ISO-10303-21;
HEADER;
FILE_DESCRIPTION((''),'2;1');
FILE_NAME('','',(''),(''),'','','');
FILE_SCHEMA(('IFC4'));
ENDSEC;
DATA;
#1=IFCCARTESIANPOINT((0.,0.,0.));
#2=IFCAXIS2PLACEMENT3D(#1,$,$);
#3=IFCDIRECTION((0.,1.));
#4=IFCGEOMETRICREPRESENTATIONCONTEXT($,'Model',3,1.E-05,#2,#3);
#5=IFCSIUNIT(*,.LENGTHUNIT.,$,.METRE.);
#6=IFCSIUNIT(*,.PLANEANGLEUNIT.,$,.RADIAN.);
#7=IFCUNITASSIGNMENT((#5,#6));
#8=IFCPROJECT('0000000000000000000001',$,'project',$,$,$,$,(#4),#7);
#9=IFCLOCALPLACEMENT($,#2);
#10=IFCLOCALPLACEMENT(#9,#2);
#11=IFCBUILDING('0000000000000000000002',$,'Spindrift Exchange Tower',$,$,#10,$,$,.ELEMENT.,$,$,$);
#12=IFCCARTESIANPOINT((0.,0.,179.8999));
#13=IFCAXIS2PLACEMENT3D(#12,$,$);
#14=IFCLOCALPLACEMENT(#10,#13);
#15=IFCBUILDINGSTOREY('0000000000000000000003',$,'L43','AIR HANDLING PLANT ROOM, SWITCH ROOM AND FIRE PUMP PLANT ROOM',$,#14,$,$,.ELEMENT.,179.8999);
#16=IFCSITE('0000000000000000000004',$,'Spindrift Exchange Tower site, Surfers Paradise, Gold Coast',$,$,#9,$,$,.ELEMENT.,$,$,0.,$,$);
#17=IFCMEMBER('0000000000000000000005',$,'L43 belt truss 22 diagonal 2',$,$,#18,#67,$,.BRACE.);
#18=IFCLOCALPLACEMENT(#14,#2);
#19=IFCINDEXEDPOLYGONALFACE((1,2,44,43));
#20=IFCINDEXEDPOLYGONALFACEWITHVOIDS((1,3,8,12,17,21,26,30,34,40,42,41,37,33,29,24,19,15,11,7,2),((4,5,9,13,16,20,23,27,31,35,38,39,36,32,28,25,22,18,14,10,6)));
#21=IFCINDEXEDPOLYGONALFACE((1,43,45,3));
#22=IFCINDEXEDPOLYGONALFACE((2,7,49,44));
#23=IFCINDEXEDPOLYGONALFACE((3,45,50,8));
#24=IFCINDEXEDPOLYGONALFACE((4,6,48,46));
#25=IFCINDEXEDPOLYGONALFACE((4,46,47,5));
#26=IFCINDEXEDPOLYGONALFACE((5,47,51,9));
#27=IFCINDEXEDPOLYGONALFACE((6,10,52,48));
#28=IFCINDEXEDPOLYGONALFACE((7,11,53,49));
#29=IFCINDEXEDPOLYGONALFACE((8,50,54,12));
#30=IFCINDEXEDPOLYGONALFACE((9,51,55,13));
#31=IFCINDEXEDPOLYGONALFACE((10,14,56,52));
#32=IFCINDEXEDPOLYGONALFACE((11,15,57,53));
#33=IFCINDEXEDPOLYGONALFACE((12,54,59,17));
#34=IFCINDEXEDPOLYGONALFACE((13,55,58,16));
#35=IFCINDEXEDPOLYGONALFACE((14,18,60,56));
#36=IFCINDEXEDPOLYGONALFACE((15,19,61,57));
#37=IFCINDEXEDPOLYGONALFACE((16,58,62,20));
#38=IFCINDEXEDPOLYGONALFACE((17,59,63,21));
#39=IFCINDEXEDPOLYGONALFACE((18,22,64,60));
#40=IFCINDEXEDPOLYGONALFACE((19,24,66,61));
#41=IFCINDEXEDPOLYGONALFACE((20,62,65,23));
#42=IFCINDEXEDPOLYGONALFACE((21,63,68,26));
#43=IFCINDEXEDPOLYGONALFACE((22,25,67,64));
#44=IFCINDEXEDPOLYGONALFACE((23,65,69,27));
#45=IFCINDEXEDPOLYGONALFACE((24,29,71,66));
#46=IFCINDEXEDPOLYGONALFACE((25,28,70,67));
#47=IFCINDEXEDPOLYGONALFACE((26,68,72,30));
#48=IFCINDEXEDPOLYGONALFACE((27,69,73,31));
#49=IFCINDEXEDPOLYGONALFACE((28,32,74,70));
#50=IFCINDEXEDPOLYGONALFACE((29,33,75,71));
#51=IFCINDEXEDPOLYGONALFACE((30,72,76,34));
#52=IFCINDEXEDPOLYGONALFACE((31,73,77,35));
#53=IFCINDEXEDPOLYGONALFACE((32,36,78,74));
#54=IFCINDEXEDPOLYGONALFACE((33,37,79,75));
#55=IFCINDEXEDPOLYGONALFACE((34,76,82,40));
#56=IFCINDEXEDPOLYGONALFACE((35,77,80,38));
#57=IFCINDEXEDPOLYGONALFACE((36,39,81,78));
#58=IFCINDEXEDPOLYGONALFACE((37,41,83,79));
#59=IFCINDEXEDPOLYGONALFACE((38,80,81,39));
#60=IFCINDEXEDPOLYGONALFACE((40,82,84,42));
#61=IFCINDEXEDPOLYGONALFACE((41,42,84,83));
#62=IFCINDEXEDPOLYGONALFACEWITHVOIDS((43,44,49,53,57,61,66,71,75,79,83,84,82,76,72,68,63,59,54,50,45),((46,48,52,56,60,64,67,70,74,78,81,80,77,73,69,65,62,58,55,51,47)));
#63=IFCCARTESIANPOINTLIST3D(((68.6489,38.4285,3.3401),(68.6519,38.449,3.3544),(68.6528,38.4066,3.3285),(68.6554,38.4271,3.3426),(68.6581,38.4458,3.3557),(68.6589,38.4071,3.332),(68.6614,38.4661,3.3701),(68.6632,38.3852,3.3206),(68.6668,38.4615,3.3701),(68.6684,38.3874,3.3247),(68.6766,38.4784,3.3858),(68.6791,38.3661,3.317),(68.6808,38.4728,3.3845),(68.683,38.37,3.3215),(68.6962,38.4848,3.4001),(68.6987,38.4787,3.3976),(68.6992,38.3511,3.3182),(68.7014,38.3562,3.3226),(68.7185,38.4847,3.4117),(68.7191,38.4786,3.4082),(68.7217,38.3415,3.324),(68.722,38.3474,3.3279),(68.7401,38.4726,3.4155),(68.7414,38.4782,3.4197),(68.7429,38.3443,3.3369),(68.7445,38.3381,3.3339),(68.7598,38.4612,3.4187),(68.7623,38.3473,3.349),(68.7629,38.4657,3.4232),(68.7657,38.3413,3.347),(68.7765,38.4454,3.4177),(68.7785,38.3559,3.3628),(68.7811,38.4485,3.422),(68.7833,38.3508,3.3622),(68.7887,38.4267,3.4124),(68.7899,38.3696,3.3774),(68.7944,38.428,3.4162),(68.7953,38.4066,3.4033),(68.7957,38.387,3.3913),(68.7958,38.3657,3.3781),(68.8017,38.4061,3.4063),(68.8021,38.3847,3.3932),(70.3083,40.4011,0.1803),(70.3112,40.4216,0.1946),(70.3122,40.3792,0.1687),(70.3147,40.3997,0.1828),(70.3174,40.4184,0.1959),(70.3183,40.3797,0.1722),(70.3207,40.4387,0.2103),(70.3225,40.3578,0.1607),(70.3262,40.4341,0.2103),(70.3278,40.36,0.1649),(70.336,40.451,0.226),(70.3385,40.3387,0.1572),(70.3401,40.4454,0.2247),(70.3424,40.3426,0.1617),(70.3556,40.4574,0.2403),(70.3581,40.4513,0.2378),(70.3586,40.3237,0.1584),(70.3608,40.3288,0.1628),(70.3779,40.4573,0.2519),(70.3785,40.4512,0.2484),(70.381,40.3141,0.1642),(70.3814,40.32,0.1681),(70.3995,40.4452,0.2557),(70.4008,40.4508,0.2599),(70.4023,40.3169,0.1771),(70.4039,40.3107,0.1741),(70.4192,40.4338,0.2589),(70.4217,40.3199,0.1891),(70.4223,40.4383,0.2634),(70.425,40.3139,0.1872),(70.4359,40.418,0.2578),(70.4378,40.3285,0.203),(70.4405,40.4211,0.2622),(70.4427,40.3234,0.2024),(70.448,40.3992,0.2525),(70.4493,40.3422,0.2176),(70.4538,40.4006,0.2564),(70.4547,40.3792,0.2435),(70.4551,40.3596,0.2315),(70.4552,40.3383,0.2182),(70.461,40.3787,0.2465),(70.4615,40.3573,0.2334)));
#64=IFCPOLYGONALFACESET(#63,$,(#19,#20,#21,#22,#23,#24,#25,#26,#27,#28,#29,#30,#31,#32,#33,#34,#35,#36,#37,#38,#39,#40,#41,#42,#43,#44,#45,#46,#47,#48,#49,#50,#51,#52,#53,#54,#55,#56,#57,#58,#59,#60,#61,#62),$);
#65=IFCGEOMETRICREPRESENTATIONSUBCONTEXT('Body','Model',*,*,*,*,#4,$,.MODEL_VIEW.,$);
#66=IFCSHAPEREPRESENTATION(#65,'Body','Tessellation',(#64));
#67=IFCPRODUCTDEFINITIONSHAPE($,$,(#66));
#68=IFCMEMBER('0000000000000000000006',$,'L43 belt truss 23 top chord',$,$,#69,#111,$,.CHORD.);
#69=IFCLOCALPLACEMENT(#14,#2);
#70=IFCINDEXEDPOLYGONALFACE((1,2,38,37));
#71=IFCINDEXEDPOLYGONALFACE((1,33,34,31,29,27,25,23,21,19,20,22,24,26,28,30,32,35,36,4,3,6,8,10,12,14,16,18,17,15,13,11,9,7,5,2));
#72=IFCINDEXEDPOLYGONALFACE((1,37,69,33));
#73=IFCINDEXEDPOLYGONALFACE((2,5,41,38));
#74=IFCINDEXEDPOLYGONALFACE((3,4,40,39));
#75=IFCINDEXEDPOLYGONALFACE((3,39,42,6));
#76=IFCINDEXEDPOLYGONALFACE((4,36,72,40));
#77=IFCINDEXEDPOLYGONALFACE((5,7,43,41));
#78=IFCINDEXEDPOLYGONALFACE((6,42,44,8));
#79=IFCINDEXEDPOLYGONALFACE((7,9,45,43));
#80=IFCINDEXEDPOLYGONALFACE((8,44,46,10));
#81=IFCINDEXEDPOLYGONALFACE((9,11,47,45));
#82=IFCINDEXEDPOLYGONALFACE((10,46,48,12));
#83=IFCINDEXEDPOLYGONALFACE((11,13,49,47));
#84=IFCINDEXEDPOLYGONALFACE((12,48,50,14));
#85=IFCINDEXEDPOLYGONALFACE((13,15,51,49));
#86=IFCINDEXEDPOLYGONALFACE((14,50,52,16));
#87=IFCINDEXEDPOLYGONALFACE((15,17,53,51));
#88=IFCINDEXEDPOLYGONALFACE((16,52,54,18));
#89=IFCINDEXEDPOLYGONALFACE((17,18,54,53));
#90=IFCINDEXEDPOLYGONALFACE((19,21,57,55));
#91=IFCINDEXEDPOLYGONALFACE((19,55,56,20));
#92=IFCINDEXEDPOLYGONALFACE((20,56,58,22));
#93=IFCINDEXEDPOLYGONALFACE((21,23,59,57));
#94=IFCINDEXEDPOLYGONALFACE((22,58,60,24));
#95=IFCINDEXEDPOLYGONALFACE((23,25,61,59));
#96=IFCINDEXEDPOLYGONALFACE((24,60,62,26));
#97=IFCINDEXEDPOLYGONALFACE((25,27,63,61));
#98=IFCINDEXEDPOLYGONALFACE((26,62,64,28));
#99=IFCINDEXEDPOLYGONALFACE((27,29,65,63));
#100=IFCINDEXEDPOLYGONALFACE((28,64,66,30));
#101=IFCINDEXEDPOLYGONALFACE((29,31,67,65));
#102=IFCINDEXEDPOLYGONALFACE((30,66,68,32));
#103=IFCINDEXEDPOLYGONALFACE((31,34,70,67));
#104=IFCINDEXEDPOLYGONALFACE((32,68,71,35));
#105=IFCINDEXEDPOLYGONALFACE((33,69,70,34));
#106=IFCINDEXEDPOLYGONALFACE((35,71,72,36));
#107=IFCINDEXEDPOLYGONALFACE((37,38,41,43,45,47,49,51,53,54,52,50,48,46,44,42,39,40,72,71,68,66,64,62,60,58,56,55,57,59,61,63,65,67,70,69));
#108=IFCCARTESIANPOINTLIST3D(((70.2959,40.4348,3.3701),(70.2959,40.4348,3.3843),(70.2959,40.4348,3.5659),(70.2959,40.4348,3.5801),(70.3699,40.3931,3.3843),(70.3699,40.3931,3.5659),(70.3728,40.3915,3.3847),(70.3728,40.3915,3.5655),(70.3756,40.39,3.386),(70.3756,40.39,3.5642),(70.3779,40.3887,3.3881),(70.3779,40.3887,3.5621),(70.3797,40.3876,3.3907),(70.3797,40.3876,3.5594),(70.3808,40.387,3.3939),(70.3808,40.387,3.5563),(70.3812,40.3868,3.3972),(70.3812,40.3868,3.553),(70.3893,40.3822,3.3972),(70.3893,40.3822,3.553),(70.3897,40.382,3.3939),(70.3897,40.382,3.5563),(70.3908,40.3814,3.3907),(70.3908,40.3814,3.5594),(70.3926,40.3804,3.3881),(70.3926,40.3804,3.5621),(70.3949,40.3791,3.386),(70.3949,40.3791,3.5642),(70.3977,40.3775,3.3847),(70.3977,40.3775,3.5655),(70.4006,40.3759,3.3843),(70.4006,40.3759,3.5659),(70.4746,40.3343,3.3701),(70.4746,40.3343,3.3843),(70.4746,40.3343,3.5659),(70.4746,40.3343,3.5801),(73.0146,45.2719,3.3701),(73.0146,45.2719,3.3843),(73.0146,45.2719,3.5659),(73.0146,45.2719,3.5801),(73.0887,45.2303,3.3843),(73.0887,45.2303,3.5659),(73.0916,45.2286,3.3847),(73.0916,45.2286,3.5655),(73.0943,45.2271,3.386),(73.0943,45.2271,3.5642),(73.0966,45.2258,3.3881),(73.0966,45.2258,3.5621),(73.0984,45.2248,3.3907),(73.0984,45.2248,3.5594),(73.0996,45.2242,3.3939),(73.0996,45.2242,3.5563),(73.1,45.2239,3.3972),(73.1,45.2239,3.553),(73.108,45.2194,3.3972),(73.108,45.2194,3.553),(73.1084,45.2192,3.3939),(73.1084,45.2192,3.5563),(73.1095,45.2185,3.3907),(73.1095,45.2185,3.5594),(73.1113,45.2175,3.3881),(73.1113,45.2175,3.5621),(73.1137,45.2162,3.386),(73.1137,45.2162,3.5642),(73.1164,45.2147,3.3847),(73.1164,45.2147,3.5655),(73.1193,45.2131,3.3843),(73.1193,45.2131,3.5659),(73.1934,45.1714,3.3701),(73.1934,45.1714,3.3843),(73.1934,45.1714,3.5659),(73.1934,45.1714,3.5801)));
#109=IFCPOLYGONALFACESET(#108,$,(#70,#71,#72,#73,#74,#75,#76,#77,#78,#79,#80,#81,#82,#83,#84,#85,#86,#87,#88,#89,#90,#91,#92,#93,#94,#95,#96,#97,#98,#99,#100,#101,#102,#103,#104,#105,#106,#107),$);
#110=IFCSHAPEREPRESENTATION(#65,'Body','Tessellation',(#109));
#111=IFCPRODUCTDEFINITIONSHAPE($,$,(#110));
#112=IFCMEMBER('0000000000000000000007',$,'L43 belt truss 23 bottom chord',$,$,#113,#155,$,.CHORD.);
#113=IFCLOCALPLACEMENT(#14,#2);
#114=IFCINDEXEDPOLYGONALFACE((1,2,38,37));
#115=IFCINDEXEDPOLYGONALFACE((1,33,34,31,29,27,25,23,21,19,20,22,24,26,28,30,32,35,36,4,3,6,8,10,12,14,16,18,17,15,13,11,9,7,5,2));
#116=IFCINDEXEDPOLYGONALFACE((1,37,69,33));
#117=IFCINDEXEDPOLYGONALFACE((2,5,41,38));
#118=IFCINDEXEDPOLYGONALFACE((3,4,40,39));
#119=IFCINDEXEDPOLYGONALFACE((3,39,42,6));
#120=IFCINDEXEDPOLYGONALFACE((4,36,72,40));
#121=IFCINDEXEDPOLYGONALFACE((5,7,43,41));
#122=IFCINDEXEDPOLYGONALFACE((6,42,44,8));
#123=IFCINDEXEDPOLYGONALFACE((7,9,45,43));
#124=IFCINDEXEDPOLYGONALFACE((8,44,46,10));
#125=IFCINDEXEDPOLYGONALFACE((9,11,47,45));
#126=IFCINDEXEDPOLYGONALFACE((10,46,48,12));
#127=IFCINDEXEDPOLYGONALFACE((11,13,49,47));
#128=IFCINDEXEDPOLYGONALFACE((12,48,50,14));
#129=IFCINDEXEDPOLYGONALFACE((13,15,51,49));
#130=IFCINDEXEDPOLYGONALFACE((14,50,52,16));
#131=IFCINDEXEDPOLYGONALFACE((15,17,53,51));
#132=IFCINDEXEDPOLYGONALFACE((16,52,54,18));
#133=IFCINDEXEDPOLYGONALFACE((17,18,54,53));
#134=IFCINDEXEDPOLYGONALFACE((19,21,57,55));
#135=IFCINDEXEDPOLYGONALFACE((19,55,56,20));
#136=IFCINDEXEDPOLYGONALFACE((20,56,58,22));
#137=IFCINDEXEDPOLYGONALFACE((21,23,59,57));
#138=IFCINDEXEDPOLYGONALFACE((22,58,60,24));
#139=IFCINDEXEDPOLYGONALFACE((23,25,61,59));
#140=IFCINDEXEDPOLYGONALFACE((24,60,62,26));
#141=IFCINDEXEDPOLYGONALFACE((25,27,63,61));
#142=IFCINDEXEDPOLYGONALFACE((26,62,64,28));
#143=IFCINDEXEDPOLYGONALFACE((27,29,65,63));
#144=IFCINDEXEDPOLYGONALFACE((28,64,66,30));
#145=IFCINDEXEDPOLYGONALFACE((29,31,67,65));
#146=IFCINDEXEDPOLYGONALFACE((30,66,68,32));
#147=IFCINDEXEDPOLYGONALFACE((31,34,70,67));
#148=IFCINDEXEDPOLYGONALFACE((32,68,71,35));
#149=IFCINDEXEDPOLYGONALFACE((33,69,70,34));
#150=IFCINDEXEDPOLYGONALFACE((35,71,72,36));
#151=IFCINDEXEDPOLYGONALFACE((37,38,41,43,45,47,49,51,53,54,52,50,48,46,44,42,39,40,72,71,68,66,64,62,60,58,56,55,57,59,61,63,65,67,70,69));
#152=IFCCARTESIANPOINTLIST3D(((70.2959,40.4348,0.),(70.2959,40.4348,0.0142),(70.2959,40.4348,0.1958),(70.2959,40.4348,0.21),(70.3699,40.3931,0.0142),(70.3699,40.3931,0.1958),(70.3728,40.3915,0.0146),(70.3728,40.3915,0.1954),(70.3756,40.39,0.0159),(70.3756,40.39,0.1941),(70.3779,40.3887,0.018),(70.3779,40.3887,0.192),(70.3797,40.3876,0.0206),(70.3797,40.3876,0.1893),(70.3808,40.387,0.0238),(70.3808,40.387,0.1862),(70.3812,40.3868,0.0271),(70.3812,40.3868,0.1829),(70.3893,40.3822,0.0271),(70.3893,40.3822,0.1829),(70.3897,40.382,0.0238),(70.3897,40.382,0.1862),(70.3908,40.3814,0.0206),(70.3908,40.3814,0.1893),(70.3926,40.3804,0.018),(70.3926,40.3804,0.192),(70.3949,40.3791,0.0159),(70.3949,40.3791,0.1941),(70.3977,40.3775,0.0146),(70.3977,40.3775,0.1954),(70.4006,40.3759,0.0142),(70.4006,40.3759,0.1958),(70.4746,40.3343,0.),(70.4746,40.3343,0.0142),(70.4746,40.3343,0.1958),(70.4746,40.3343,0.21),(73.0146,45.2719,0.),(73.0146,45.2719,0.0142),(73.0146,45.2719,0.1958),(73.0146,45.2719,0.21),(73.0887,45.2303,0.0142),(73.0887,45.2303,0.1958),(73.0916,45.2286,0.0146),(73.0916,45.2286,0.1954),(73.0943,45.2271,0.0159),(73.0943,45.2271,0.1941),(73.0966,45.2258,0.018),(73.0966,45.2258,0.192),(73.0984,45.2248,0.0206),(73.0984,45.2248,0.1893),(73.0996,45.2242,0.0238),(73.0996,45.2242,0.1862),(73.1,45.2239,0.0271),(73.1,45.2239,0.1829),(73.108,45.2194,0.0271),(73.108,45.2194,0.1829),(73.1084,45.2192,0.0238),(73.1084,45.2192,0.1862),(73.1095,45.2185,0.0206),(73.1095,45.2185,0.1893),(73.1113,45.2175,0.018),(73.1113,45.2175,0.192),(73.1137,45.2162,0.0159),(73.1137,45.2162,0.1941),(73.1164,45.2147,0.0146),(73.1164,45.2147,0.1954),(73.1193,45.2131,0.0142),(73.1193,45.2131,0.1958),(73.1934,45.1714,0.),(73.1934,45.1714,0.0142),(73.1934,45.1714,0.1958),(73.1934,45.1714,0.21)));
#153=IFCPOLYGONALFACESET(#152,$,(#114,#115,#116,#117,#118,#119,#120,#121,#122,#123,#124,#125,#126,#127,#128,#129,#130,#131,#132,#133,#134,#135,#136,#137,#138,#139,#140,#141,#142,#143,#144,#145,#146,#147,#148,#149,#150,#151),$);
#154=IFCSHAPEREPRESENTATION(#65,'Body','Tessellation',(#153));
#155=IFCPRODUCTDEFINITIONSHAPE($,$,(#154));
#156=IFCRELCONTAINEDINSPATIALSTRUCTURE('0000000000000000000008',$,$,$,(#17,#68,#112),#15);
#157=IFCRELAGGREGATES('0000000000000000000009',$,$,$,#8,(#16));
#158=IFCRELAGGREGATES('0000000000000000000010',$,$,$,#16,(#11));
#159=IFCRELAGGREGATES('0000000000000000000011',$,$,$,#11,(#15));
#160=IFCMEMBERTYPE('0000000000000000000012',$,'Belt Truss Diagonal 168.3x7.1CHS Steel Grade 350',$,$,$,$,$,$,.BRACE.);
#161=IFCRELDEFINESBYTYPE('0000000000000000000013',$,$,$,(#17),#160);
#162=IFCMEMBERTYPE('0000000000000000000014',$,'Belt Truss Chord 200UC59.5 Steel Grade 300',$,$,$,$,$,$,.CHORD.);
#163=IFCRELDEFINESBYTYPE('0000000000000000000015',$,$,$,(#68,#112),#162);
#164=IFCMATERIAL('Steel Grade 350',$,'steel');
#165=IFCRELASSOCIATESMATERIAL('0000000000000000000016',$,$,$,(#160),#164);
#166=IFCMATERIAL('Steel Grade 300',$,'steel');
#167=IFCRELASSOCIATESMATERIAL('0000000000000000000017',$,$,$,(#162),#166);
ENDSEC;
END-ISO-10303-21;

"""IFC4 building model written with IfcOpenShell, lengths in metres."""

from ifc_helpers import new_model, si_unit, direction, frame, origin, origin_2d, place, context, subcontext, project, spatial, hollow_circle, i_section, extrude, source, transform, mapped, material, material_profile, profile_set, type_object, element, save


model = new_model("IFC4")

# Units and contexts
model_context = context("Model", 3, precision=1e-05, world=origin(), true_north=direction((0.0, 1.0)))
body_context = subcontext(model_context, "Body", "Model", "MODEL_VIEW")
ifc_project = project(units=[si_unit("LENGTHUNIT", "METRE"), si_unit("PLANEANGLEUNIT", "RADIAN")], contexts=[model_context])

# Site, building, storey
site_placement = place(None, origin())
site = spatial("IfcSite", under=ifc_project, at=site_placement, Name="Spindrift Exchange Tower site, Surfers Paradise, Gold Coast", CompositionType="ELEMENT", RefElevation=0.0)
building_placement = place(site_placement, origin())
building = spatial("IfcBuilding", under=site, at=building_placement, Name="Spindrift Exchange Tower", CompositionType="ELEMENT")
storey_placement = place(building_placement, frame((0.0, 0.0, 179.8999)))
storey = spatial("IfcBuildingStorey", under=building, at=storey_placement, Name="L43", Description="AIR HANDLING PLANT ROOM, SWITCH ROOM AND FIRE PUMP PLANT ROOM", CompositionType="ELEMENT", Elevation=179.8999)

# Shared definitions
ifc_material_1 = material(Name="Steel Grade 300", Category="steel")

# Members
ifc_material_2 = material(Name="Steel Grade 350", Category="steel")
ifc_material_profile_1 = material_profile(ifc_material_2, hollow_circle(Radius=0.0842, WallThickness=0.0071, at=origin_2d()), Name="168.3x7.1CHS")
ifc_profile_set_1 = profile_set([ifc_material_profile_1], Name="Steel Grade 350")
member_type_1 = type_object("IfcMemberType", Name="Belt Truss Diagonal 168.3x7.1CHS Steel Grade 350", PredefinedType="BRACE", material=ifc_profile_set_1)
shared_shape_1 = source(origin(), body_context, "Body", "SweptSolid", [
    extrude(hollow_circle(Radius=0.0842, WallThickness=0.0071, at=origin_2d()), origin(), (0.0, 0.0, 1.0), 4.0779),
])
member_1_placement = place(storey_placement, frame((68.7258, 38.4119, 3.3701), z_axis=(0.406921, 0.483731, -0.774868), x_axis=(-0.765248, 0.643736, 0.0)))
element("IfcMember", 1, at=member_1_placement, inside=storey, type_object=member_type_1, Name="L43 belt truss 22 diagonal 2", PredefinedType="BRACE", context=body_context, shape_type="MappedRepresentation", body=[
    mapped(shared_shape_1, transform((0.0, 0.0, 0.0), scale=1.0)),
])
ifc_material_profile_2 = material_profile(ifc_material_1, i_section(OverallWidth=0.2051, OverallDepth=0.21, WebThickness=0.0093, FlangeThickness=0.0142, FilletRadius=0.0129, at=origin_2d()), Name="200UC59.5")
ifc_profile_set_2 = profile_set([ifc_material_profile_2], Name="Steel Grade 300")
member_type_2 = type_object("IfcMemberType", Name="Belt Truss Chord 200UC59.5 Steel Grade 300", PredefinedType="CHORD", material=ifc_profile_set_2)
shared_shape_2 = source(origin(), body_context, "Body", "SweptSolid", [
    extrude(i_section(OverallWidth=0.2051, OverallDepth=0.21, WebThickness=0.0093, FlangeThickness=0.0142, FilletRadius=0.0129, at=origin_2d()), origin(), (0.0, 0.0, 1.0), 5.5488),
])
for number, where, z_axis, x_axis, name in (
    (2, (70.3853, 40.3845, 3.4751), (0.489967, 0.871741, 0.0), (-0.871741, 0.489967, 0.0), "L43 belt truss 23 top chord"),
    (3, (70.3853, 40.3845, 0.105), (0.489967, 0.871741, 0.0), (-0.871741, 0.489967, 0.0), "L43 belt truss 23 bottom chord"),
):
    element("IfcMember", number, at=place(storey_placement, frame(where, z_axis=z_axis, x_axis=x_axis)), inside=storey, type_object=member_type_2, Name=name, PredefinedType="CHORD", context=body_context, shape_type="MappedRepresentation", body=[
        mapped(shared_shape_2, transform((0.0, 0.0, 0.0), scale=1.0)),
    ])

save(model, "model.ifc")
